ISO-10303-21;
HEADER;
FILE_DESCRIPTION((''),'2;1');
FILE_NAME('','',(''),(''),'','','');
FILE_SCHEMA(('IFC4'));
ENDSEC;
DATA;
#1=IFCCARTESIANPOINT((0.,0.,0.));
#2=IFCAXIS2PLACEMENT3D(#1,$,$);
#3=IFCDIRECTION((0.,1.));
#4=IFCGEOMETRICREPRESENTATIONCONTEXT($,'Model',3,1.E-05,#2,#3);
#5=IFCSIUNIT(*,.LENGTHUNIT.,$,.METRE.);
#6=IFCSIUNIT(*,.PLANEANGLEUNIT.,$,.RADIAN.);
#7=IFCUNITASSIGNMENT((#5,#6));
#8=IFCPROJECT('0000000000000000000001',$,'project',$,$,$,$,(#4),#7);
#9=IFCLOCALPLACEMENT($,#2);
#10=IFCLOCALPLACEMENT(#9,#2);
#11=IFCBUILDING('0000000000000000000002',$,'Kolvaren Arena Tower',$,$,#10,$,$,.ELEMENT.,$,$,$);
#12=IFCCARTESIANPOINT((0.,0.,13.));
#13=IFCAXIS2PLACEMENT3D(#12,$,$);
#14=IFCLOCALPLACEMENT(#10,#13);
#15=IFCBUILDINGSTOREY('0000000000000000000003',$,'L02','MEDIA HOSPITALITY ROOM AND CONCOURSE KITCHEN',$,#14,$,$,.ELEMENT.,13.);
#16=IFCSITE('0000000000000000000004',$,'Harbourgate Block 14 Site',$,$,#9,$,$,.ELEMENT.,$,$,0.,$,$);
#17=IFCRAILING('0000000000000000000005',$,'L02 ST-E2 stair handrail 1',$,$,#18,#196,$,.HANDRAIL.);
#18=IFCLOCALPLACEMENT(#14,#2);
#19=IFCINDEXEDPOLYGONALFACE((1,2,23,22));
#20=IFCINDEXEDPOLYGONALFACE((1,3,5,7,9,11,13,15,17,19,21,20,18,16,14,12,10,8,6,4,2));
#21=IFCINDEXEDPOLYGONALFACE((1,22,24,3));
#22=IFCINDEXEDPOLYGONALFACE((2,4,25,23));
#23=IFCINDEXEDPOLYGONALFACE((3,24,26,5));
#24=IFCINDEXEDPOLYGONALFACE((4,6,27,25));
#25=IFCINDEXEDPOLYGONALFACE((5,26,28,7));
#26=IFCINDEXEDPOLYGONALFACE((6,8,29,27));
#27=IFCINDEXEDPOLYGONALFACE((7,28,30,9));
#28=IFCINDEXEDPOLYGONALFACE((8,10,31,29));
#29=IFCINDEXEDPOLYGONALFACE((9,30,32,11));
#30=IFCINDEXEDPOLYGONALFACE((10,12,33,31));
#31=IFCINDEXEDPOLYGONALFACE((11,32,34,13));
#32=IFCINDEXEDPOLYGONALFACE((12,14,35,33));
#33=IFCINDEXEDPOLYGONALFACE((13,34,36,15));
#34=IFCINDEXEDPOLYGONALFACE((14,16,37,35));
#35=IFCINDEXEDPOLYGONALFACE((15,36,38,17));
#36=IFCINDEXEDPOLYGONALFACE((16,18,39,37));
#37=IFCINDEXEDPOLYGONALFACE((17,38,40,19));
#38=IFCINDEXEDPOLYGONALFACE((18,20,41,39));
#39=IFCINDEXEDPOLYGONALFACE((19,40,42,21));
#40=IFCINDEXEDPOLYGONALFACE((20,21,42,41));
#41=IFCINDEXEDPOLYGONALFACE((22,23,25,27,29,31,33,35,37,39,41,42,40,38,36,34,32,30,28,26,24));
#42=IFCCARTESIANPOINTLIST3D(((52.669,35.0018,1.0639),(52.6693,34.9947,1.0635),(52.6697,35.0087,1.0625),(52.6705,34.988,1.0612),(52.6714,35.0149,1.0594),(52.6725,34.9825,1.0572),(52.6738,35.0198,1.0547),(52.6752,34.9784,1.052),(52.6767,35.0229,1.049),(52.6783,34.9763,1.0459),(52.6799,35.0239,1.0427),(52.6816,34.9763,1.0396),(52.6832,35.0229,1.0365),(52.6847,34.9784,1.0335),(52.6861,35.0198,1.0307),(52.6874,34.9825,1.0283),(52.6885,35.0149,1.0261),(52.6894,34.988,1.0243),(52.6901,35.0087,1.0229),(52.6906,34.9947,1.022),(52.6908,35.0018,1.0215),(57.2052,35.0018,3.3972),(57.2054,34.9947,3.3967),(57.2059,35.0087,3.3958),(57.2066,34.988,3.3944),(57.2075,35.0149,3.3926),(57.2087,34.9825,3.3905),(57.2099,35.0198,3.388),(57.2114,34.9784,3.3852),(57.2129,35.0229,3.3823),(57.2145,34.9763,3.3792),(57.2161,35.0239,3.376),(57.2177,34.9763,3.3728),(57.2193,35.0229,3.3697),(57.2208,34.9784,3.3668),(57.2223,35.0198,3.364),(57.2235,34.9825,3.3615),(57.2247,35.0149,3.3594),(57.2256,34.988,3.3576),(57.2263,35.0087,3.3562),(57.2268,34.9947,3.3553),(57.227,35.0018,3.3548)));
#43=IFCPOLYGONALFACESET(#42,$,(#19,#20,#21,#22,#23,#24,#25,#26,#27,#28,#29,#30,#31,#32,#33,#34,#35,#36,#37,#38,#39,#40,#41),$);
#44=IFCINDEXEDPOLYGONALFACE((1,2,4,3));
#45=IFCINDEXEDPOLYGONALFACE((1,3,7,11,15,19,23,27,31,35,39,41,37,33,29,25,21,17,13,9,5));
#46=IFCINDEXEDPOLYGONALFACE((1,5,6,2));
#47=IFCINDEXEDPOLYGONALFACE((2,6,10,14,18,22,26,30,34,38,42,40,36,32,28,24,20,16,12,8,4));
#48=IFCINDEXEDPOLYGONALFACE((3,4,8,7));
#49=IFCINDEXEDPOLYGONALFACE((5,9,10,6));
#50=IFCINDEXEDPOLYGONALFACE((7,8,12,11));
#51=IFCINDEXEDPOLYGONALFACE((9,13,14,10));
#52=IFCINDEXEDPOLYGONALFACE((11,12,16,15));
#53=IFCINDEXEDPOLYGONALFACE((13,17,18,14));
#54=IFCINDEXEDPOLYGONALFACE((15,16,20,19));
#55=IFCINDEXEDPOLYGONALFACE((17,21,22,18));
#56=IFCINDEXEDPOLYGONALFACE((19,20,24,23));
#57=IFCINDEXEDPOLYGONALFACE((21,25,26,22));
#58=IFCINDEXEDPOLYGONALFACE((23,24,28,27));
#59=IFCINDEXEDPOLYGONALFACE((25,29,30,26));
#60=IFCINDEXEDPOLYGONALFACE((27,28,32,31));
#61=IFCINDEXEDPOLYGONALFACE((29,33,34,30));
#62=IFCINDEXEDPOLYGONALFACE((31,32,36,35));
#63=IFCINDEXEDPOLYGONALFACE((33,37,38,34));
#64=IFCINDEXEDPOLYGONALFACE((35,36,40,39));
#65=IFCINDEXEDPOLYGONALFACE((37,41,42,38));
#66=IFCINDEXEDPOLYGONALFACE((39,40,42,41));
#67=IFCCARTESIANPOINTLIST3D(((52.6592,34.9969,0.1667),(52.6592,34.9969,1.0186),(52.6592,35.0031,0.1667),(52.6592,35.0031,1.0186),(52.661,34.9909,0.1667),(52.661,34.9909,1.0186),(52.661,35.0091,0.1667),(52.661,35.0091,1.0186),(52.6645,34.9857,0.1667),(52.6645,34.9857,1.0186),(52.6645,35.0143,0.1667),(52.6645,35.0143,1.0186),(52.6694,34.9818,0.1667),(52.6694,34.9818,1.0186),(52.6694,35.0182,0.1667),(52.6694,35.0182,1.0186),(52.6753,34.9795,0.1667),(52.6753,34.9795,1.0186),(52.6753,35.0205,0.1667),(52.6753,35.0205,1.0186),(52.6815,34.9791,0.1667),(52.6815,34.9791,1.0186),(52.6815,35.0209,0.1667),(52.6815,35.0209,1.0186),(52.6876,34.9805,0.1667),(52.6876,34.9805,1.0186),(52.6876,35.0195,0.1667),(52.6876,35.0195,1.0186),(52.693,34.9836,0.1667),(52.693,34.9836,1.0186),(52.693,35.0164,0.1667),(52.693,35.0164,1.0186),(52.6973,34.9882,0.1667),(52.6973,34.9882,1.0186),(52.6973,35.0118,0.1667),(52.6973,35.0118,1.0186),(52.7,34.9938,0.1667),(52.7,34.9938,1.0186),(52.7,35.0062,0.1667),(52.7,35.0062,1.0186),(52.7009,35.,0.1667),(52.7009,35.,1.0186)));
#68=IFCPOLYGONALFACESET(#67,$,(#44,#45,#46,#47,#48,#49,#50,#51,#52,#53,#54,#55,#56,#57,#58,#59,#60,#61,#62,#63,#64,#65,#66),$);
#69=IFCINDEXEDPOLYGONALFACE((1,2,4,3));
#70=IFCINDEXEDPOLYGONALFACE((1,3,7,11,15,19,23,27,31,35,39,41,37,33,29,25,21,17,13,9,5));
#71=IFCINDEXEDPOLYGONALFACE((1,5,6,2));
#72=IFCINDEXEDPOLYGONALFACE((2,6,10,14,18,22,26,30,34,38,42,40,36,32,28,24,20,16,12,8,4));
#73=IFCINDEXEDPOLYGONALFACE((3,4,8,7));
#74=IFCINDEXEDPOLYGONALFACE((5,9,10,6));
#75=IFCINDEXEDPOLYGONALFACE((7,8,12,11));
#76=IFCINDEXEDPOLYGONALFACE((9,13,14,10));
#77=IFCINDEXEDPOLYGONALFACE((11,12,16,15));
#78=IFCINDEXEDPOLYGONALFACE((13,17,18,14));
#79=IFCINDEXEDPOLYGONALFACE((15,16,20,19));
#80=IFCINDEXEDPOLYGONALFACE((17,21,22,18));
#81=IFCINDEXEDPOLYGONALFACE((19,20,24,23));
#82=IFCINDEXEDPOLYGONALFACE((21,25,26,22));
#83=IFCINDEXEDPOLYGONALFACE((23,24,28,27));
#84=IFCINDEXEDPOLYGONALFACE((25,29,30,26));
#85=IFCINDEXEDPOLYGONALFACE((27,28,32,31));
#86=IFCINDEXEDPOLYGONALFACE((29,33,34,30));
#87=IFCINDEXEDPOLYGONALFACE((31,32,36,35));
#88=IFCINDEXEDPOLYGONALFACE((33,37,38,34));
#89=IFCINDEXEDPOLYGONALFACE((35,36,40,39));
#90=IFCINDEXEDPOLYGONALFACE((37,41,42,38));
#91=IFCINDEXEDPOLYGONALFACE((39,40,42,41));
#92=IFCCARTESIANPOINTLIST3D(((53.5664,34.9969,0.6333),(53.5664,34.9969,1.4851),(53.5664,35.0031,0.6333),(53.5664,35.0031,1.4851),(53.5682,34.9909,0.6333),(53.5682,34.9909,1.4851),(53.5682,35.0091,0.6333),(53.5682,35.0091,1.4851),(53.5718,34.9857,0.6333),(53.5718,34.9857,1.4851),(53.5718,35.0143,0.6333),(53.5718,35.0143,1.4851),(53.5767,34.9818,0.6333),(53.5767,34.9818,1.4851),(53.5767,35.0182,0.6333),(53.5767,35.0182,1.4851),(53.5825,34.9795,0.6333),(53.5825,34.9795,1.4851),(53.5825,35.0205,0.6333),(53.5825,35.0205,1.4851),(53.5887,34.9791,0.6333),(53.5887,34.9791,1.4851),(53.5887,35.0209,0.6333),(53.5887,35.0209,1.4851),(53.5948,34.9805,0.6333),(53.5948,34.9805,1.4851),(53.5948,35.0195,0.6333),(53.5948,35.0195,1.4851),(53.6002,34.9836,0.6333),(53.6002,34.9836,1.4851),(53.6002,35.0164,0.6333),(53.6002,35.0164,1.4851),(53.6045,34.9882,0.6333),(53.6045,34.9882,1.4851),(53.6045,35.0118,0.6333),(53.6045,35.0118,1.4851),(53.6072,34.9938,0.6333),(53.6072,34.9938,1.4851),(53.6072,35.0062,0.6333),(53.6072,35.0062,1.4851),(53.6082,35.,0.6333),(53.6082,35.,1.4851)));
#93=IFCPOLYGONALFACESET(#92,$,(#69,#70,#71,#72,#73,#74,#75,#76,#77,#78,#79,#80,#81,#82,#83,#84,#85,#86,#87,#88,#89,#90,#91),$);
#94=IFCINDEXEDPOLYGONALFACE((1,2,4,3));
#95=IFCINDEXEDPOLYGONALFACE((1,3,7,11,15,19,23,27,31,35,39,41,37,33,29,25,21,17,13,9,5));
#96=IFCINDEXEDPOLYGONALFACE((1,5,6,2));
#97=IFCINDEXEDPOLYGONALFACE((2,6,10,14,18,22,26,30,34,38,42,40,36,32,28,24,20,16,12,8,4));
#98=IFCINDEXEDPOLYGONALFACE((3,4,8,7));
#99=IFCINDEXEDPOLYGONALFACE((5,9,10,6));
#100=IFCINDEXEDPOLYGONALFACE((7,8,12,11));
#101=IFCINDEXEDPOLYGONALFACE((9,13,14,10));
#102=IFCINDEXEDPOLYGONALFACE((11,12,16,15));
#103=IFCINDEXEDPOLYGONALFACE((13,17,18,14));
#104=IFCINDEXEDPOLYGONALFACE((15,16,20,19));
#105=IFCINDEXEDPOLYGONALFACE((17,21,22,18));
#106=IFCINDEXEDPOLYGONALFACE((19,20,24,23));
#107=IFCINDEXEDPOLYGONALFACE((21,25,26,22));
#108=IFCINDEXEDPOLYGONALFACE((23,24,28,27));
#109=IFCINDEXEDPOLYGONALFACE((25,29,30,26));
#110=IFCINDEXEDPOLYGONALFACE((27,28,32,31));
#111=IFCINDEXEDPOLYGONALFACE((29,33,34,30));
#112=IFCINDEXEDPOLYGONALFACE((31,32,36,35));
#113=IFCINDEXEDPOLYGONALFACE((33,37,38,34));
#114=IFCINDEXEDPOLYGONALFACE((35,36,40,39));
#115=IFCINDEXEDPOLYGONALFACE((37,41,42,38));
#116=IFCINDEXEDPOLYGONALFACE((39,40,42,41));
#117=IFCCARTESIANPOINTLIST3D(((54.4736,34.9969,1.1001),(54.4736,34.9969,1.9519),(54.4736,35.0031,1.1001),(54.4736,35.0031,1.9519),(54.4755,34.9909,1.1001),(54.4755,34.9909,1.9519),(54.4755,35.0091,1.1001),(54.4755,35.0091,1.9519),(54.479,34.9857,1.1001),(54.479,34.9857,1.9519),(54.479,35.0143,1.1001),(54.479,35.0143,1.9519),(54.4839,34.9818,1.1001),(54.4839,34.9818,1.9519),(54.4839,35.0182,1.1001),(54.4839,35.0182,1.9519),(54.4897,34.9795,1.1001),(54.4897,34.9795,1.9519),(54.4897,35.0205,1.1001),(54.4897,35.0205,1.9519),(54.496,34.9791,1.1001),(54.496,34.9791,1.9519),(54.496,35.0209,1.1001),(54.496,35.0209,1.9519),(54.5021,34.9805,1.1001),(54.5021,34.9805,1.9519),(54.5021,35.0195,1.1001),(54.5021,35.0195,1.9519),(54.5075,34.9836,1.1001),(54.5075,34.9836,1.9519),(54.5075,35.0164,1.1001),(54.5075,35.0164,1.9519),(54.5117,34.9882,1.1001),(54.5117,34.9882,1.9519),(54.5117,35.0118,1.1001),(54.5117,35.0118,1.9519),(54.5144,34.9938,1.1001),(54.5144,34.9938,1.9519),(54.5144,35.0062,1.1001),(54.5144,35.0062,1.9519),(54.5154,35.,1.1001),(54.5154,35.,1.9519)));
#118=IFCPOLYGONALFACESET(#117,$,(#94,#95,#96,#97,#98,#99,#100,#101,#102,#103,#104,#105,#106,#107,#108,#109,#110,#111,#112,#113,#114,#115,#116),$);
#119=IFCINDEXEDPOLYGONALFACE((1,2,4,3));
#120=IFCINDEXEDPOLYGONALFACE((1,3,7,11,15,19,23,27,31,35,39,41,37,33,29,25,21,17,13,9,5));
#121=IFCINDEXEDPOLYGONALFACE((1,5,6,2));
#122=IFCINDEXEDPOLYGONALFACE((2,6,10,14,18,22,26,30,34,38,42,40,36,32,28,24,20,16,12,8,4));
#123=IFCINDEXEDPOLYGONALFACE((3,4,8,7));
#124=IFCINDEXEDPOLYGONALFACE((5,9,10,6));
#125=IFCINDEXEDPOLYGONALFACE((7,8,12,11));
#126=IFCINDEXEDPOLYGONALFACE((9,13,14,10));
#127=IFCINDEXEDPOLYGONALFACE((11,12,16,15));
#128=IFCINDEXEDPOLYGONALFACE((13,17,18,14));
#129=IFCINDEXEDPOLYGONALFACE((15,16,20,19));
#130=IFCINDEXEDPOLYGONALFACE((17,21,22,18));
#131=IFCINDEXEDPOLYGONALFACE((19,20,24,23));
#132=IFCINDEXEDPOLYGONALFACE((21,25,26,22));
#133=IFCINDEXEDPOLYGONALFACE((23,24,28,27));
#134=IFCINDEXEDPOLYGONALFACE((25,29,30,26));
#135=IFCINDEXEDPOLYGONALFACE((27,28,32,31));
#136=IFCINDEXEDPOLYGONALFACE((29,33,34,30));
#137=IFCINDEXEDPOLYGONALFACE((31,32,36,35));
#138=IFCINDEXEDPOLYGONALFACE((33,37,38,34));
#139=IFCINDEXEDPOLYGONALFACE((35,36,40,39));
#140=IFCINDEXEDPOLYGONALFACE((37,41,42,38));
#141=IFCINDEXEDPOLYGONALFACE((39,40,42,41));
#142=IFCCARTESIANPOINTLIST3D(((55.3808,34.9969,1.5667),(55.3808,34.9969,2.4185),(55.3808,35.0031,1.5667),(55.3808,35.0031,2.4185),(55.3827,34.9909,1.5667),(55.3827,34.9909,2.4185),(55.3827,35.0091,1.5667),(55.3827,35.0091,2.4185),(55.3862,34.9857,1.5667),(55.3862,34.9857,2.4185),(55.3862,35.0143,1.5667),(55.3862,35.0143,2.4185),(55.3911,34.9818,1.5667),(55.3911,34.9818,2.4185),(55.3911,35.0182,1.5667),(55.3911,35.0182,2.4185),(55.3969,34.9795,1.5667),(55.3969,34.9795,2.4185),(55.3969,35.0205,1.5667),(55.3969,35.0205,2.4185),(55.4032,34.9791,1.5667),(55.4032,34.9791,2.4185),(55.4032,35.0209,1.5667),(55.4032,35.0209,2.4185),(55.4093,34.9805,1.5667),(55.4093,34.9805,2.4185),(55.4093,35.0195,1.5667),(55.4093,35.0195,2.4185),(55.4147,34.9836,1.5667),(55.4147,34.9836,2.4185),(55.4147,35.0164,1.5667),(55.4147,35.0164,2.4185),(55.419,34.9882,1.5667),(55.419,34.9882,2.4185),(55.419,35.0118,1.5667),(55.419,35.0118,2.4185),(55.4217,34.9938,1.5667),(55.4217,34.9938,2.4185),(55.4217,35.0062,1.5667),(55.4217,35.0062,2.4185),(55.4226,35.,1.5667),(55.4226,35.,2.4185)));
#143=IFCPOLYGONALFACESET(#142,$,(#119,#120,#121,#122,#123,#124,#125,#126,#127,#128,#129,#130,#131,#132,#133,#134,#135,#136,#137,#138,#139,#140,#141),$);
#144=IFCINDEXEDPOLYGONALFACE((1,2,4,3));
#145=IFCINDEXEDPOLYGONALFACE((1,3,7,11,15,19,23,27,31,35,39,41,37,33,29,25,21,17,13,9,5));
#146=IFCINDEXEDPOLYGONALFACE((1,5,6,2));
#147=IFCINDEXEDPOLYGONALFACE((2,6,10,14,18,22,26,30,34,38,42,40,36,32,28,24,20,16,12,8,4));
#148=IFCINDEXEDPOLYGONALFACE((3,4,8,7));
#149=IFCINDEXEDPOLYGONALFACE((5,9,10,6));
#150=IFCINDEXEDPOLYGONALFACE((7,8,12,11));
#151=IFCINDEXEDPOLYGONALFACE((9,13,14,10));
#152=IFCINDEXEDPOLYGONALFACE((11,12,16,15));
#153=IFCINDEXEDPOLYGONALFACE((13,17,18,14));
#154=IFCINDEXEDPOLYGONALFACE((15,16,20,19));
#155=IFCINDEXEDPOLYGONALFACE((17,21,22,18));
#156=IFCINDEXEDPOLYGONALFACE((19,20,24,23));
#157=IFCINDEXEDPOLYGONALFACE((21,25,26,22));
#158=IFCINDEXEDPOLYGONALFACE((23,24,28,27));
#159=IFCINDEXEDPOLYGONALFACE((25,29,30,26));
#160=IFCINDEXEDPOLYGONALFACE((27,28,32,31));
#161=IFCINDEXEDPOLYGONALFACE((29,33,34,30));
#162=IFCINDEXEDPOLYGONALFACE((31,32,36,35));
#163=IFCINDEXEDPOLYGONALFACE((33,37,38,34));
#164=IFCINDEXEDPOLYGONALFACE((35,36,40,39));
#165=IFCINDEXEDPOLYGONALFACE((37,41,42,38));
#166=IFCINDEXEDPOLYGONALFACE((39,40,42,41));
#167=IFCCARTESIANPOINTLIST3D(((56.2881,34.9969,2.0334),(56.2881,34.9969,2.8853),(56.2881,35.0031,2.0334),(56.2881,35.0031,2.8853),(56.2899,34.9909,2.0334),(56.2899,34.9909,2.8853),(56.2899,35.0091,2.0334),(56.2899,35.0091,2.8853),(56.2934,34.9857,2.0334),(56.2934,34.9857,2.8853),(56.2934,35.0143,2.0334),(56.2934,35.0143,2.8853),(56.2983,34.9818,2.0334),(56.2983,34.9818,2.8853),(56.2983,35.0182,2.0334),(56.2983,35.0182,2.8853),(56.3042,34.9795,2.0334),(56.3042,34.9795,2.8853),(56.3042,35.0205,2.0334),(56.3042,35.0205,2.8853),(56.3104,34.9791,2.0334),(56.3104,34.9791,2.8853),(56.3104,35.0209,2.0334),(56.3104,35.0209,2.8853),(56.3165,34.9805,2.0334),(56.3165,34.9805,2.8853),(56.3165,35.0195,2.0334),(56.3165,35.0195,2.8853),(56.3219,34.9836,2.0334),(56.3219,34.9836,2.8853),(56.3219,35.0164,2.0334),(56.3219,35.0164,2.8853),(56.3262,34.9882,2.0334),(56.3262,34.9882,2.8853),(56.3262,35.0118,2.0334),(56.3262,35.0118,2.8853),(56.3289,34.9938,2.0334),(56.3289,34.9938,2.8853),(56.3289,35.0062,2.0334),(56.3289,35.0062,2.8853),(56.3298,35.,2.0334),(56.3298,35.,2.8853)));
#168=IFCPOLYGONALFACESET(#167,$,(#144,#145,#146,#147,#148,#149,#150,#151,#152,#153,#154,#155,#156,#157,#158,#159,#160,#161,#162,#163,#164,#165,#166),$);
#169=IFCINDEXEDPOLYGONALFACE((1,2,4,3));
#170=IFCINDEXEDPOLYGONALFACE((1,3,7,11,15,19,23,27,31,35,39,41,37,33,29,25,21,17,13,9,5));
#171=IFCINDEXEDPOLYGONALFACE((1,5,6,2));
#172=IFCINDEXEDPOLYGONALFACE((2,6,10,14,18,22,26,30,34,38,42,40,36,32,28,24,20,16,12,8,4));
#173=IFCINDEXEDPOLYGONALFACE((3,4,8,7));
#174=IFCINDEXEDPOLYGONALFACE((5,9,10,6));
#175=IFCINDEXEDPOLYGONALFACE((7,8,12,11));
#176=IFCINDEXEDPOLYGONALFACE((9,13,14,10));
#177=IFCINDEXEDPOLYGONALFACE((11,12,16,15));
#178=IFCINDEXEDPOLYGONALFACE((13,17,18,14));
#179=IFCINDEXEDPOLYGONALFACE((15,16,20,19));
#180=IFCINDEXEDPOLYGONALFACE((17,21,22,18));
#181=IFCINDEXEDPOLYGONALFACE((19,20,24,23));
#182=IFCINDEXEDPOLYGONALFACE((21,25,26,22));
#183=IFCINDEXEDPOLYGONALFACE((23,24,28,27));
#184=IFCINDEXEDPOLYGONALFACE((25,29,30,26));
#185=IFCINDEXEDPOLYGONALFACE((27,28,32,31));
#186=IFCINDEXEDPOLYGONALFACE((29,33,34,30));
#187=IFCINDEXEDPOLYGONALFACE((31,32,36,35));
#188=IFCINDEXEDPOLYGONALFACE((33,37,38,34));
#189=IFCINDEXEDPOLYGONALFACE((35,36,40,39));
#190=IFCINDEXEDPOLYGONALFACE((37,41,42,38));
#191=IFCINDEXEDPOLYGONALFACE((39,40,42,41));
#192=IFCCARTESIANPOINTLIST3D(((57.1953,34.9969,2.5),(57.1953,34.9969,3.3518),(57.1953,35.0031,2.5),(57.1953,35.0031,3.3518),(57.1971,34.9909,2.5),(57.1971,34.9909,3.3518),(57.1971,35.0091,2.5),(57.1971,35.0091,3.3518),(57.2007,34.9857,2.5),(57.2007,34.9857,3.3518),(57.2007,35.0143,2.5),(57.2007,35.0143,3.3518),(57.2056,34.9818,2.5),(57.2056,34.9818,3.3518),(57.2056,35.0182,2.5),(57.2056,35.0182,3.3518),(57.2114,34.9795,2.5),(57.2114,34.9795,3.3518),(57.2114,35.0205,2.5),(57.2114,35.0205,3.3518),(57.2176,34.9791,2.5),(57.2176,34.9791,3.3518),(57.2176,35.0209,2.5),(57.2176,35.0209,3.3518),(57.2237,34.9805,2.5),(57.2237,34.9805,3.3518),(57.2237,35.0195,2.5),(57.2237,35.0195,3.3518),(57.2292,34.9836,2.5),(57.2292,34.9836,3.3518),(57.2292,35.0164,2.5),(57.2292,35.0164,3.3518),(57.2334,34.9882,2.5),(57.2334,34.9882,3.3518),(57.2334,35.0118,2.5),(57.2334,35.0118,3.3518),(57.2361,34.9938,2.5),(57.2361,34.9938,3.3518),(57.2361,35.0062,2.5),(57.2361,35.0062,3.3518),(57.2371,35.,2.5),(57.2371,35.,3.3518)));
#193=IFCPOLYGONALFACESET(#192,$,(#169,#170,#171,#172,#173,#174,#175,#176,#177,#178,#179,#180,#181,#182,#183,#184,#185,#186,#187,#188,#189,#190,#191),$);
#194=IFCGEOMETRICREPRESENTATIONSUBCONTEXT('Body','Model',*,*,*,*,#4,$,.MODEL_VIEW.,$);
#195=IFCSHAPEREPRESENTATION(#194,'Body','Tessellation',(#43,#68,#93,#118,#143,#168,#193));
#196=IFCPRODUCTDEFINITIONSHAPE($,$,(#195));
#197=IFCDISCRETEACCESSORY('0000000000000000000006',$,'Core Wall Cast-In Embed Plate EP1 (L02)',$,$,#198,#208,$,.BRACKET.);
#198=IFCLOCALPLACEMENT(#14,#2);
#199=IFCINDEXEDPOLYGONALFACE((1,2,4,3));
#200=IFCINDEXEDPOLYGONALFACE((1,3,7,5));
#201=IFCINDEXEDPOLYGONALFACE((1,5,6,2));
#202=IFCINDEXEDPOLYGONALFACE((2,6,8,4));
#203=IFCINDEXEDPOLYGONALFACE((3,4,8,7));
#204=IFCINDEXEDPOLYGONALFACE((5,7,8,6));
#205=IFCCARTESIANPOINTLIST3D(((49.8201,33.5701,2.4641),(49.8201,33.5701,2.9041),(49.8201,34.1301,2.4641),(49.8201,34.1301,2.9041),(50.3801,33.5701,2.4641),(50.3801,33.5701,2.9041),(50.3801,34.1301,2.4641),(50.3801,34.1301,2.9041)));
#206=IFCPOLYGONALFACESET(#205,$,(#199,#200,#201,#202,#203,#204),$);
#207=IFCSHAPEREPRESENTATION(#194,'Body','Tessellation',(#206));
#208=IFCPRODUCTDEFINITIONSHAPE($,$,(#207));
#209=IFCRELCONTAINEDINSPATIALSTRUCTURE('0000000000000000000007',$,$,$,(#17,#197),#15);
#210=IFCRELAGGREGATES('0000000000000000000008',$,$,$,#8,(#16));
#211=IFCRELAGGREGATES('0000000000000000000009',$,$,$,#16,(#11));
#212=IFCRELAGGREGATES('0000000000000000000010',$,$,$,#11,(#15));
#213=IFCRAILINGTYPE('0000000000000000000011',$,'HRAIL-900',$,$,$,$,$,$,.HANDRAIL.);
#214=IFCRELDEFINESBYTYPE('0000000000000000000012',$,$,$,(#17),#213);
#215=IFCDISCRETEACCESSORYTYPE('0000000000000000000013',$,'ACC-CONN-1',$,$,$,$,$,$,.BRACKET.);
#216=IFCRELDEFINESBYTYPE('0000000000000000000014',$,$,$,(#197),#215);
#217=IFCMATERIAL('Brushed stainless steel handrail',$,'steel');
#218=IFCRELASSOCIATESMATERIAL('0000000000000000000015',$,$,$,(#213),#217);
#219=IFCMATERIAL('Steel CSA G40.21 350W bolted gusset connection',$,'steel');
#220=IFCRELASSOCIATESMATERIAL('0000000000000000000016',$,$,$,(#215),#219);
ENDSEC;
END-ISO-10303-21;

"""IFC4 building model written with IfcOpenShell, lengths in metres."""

from ifc_helpers import new_model, si_unit, direction, frame, origin, origin_2d, place, context, subcontext, project, spatial, rectangle, circle, extrude, material, type_object, element, save


model = new_model("IFC4")

# Units and contexts
model_context = context("Model", 3, precision=1e-05, world=origin(), true_north=direction((0.0, 1.0)))
body_context = subcontext(model_context, "Body", "Model", "MODEL_VIEW")
ifc_project = project(units=[si_unit("LENGTHUNIT", "METRE"), si_unit("PLANEANGLEUNIT", "RADIAN")], contexts=[model_context])

# Site, building, storey
site_placement = place(None, origin())
site = spatial("IfcSite", under=ifc_project, at=site_placement, Name="Harbourgate Block 14 Site", CompositionType="ELEMENT", RefElevation=0.0)
building_placement = place(site_placement, origin())
building = spatial("IfcBuilding", under=site, at=building_placement, Name="Kolvaren Arena Tower", CompositionType="ELEMENT")
storey_placement = place(building_placement, frame((0.0, 0.0, 13.0)))
storey = spatial("IfcBuildingStorey", under=building, at=storey_placement, Name="L02", Description="MEDIA HOSPITALITY ROOM AND CONCOURSE KITCHEN", CompositionType="ELEMENT", Elevation=13.0)

# Railing
ifc_material_1 = material(Name="Brushed stainless steel handrail", Category="steel")
railing_type_1 = type_object("IfcRailingType", Name="HRAIL-900", PredefinedType="HANDRAIL", material=ifc_material_1)
for number, where, name in (
    (1, (52.6799, 35.0, 0.1667), "L02 ST-E2 stair handrail 1"),
):
    element("IfcRailing", number, at=place(storey_placement, frame(where)), inside=storey, type_object=railing_type_1, Name=name, PredefinedType="HANDRAIL", context=body_context, shape_type="SweptSolid", body=[
        extrude(circle(Radius=0.0239, at=origin_2d()), frame((0.0, 0.0, 0.876), z_axis=(0.889257, 0.0, 0.457407), x_axis=(0.0, 1.0, 0.0)), (0.0, 0.0, 1.0), 5.1011),
        extrude(circle(Radius=0.021, at=origin_2d()), origin(), (0.0, 0.0, 1.0), 0.8518),
        extrude(circle(Radius=0.021, at=origin_2d()), frame((0.9072, 0.0, 0.4666)), (0.0, 0.0, 1.0), 0.8518),
        extrude(circle(Radius=0.021, at=origin_2d()), frame((1.8145, 0.0, 0.9333)), (0.0, 0.0, 1.0), 0.8518),
        extrude(circle(Radius=0.021, at=origin_2d()), frame((2.7217, 0.0, 1.3999)), (0.0, 0.0, 1.0), 0.8518),
        extrude(circle(Radius=0.021, at=origin_2d()), frame((3.6289, 0.0, 1.8667)), (0.0, 0.0, 1.0), 0.8518),
        extrude(circle(Radius=0.021, at=origin_2d()), frame((4.5361, 0.0, 2.3333)), (0.0, 0.0, 1.0), 0.8518),
    ])

# Discrete accessory
ifc_material_2 = material(Name="Steel CSA G40.21 350W bolted gusset connection", Category="steel")
discrete_accessory_type = type_object("IfcDiscreteAccessoryType", Name="ACC-CONN-1", PredefinedType="BRACKET", material=ifc_material_2)
discrete_accessory_placement = place(storey_placement, frame((50.1001, 33.8501, 2.4641), z_axis=(0.0, 0.0, 1.0), x_axis=(1.0, 0.0, 0.0)))
element("IfcDiscreteAccessory", 2, at=discrete_accessory_placement, inside=storey, type_object=discrete_accessory_type, Name="Core Wall Cast-In Embed Plate EP1 (L02)", PredefinedType="BRACKET", context=body_context, shape_type="SweptSolid", body=[
    extrude(rectangle(XDim=0.5601, YDim=0.5601, at=origin_2d()), origin(), (0.0, 0.0, 1.0), 0.4399),
])

save(model, "model.ifc")
